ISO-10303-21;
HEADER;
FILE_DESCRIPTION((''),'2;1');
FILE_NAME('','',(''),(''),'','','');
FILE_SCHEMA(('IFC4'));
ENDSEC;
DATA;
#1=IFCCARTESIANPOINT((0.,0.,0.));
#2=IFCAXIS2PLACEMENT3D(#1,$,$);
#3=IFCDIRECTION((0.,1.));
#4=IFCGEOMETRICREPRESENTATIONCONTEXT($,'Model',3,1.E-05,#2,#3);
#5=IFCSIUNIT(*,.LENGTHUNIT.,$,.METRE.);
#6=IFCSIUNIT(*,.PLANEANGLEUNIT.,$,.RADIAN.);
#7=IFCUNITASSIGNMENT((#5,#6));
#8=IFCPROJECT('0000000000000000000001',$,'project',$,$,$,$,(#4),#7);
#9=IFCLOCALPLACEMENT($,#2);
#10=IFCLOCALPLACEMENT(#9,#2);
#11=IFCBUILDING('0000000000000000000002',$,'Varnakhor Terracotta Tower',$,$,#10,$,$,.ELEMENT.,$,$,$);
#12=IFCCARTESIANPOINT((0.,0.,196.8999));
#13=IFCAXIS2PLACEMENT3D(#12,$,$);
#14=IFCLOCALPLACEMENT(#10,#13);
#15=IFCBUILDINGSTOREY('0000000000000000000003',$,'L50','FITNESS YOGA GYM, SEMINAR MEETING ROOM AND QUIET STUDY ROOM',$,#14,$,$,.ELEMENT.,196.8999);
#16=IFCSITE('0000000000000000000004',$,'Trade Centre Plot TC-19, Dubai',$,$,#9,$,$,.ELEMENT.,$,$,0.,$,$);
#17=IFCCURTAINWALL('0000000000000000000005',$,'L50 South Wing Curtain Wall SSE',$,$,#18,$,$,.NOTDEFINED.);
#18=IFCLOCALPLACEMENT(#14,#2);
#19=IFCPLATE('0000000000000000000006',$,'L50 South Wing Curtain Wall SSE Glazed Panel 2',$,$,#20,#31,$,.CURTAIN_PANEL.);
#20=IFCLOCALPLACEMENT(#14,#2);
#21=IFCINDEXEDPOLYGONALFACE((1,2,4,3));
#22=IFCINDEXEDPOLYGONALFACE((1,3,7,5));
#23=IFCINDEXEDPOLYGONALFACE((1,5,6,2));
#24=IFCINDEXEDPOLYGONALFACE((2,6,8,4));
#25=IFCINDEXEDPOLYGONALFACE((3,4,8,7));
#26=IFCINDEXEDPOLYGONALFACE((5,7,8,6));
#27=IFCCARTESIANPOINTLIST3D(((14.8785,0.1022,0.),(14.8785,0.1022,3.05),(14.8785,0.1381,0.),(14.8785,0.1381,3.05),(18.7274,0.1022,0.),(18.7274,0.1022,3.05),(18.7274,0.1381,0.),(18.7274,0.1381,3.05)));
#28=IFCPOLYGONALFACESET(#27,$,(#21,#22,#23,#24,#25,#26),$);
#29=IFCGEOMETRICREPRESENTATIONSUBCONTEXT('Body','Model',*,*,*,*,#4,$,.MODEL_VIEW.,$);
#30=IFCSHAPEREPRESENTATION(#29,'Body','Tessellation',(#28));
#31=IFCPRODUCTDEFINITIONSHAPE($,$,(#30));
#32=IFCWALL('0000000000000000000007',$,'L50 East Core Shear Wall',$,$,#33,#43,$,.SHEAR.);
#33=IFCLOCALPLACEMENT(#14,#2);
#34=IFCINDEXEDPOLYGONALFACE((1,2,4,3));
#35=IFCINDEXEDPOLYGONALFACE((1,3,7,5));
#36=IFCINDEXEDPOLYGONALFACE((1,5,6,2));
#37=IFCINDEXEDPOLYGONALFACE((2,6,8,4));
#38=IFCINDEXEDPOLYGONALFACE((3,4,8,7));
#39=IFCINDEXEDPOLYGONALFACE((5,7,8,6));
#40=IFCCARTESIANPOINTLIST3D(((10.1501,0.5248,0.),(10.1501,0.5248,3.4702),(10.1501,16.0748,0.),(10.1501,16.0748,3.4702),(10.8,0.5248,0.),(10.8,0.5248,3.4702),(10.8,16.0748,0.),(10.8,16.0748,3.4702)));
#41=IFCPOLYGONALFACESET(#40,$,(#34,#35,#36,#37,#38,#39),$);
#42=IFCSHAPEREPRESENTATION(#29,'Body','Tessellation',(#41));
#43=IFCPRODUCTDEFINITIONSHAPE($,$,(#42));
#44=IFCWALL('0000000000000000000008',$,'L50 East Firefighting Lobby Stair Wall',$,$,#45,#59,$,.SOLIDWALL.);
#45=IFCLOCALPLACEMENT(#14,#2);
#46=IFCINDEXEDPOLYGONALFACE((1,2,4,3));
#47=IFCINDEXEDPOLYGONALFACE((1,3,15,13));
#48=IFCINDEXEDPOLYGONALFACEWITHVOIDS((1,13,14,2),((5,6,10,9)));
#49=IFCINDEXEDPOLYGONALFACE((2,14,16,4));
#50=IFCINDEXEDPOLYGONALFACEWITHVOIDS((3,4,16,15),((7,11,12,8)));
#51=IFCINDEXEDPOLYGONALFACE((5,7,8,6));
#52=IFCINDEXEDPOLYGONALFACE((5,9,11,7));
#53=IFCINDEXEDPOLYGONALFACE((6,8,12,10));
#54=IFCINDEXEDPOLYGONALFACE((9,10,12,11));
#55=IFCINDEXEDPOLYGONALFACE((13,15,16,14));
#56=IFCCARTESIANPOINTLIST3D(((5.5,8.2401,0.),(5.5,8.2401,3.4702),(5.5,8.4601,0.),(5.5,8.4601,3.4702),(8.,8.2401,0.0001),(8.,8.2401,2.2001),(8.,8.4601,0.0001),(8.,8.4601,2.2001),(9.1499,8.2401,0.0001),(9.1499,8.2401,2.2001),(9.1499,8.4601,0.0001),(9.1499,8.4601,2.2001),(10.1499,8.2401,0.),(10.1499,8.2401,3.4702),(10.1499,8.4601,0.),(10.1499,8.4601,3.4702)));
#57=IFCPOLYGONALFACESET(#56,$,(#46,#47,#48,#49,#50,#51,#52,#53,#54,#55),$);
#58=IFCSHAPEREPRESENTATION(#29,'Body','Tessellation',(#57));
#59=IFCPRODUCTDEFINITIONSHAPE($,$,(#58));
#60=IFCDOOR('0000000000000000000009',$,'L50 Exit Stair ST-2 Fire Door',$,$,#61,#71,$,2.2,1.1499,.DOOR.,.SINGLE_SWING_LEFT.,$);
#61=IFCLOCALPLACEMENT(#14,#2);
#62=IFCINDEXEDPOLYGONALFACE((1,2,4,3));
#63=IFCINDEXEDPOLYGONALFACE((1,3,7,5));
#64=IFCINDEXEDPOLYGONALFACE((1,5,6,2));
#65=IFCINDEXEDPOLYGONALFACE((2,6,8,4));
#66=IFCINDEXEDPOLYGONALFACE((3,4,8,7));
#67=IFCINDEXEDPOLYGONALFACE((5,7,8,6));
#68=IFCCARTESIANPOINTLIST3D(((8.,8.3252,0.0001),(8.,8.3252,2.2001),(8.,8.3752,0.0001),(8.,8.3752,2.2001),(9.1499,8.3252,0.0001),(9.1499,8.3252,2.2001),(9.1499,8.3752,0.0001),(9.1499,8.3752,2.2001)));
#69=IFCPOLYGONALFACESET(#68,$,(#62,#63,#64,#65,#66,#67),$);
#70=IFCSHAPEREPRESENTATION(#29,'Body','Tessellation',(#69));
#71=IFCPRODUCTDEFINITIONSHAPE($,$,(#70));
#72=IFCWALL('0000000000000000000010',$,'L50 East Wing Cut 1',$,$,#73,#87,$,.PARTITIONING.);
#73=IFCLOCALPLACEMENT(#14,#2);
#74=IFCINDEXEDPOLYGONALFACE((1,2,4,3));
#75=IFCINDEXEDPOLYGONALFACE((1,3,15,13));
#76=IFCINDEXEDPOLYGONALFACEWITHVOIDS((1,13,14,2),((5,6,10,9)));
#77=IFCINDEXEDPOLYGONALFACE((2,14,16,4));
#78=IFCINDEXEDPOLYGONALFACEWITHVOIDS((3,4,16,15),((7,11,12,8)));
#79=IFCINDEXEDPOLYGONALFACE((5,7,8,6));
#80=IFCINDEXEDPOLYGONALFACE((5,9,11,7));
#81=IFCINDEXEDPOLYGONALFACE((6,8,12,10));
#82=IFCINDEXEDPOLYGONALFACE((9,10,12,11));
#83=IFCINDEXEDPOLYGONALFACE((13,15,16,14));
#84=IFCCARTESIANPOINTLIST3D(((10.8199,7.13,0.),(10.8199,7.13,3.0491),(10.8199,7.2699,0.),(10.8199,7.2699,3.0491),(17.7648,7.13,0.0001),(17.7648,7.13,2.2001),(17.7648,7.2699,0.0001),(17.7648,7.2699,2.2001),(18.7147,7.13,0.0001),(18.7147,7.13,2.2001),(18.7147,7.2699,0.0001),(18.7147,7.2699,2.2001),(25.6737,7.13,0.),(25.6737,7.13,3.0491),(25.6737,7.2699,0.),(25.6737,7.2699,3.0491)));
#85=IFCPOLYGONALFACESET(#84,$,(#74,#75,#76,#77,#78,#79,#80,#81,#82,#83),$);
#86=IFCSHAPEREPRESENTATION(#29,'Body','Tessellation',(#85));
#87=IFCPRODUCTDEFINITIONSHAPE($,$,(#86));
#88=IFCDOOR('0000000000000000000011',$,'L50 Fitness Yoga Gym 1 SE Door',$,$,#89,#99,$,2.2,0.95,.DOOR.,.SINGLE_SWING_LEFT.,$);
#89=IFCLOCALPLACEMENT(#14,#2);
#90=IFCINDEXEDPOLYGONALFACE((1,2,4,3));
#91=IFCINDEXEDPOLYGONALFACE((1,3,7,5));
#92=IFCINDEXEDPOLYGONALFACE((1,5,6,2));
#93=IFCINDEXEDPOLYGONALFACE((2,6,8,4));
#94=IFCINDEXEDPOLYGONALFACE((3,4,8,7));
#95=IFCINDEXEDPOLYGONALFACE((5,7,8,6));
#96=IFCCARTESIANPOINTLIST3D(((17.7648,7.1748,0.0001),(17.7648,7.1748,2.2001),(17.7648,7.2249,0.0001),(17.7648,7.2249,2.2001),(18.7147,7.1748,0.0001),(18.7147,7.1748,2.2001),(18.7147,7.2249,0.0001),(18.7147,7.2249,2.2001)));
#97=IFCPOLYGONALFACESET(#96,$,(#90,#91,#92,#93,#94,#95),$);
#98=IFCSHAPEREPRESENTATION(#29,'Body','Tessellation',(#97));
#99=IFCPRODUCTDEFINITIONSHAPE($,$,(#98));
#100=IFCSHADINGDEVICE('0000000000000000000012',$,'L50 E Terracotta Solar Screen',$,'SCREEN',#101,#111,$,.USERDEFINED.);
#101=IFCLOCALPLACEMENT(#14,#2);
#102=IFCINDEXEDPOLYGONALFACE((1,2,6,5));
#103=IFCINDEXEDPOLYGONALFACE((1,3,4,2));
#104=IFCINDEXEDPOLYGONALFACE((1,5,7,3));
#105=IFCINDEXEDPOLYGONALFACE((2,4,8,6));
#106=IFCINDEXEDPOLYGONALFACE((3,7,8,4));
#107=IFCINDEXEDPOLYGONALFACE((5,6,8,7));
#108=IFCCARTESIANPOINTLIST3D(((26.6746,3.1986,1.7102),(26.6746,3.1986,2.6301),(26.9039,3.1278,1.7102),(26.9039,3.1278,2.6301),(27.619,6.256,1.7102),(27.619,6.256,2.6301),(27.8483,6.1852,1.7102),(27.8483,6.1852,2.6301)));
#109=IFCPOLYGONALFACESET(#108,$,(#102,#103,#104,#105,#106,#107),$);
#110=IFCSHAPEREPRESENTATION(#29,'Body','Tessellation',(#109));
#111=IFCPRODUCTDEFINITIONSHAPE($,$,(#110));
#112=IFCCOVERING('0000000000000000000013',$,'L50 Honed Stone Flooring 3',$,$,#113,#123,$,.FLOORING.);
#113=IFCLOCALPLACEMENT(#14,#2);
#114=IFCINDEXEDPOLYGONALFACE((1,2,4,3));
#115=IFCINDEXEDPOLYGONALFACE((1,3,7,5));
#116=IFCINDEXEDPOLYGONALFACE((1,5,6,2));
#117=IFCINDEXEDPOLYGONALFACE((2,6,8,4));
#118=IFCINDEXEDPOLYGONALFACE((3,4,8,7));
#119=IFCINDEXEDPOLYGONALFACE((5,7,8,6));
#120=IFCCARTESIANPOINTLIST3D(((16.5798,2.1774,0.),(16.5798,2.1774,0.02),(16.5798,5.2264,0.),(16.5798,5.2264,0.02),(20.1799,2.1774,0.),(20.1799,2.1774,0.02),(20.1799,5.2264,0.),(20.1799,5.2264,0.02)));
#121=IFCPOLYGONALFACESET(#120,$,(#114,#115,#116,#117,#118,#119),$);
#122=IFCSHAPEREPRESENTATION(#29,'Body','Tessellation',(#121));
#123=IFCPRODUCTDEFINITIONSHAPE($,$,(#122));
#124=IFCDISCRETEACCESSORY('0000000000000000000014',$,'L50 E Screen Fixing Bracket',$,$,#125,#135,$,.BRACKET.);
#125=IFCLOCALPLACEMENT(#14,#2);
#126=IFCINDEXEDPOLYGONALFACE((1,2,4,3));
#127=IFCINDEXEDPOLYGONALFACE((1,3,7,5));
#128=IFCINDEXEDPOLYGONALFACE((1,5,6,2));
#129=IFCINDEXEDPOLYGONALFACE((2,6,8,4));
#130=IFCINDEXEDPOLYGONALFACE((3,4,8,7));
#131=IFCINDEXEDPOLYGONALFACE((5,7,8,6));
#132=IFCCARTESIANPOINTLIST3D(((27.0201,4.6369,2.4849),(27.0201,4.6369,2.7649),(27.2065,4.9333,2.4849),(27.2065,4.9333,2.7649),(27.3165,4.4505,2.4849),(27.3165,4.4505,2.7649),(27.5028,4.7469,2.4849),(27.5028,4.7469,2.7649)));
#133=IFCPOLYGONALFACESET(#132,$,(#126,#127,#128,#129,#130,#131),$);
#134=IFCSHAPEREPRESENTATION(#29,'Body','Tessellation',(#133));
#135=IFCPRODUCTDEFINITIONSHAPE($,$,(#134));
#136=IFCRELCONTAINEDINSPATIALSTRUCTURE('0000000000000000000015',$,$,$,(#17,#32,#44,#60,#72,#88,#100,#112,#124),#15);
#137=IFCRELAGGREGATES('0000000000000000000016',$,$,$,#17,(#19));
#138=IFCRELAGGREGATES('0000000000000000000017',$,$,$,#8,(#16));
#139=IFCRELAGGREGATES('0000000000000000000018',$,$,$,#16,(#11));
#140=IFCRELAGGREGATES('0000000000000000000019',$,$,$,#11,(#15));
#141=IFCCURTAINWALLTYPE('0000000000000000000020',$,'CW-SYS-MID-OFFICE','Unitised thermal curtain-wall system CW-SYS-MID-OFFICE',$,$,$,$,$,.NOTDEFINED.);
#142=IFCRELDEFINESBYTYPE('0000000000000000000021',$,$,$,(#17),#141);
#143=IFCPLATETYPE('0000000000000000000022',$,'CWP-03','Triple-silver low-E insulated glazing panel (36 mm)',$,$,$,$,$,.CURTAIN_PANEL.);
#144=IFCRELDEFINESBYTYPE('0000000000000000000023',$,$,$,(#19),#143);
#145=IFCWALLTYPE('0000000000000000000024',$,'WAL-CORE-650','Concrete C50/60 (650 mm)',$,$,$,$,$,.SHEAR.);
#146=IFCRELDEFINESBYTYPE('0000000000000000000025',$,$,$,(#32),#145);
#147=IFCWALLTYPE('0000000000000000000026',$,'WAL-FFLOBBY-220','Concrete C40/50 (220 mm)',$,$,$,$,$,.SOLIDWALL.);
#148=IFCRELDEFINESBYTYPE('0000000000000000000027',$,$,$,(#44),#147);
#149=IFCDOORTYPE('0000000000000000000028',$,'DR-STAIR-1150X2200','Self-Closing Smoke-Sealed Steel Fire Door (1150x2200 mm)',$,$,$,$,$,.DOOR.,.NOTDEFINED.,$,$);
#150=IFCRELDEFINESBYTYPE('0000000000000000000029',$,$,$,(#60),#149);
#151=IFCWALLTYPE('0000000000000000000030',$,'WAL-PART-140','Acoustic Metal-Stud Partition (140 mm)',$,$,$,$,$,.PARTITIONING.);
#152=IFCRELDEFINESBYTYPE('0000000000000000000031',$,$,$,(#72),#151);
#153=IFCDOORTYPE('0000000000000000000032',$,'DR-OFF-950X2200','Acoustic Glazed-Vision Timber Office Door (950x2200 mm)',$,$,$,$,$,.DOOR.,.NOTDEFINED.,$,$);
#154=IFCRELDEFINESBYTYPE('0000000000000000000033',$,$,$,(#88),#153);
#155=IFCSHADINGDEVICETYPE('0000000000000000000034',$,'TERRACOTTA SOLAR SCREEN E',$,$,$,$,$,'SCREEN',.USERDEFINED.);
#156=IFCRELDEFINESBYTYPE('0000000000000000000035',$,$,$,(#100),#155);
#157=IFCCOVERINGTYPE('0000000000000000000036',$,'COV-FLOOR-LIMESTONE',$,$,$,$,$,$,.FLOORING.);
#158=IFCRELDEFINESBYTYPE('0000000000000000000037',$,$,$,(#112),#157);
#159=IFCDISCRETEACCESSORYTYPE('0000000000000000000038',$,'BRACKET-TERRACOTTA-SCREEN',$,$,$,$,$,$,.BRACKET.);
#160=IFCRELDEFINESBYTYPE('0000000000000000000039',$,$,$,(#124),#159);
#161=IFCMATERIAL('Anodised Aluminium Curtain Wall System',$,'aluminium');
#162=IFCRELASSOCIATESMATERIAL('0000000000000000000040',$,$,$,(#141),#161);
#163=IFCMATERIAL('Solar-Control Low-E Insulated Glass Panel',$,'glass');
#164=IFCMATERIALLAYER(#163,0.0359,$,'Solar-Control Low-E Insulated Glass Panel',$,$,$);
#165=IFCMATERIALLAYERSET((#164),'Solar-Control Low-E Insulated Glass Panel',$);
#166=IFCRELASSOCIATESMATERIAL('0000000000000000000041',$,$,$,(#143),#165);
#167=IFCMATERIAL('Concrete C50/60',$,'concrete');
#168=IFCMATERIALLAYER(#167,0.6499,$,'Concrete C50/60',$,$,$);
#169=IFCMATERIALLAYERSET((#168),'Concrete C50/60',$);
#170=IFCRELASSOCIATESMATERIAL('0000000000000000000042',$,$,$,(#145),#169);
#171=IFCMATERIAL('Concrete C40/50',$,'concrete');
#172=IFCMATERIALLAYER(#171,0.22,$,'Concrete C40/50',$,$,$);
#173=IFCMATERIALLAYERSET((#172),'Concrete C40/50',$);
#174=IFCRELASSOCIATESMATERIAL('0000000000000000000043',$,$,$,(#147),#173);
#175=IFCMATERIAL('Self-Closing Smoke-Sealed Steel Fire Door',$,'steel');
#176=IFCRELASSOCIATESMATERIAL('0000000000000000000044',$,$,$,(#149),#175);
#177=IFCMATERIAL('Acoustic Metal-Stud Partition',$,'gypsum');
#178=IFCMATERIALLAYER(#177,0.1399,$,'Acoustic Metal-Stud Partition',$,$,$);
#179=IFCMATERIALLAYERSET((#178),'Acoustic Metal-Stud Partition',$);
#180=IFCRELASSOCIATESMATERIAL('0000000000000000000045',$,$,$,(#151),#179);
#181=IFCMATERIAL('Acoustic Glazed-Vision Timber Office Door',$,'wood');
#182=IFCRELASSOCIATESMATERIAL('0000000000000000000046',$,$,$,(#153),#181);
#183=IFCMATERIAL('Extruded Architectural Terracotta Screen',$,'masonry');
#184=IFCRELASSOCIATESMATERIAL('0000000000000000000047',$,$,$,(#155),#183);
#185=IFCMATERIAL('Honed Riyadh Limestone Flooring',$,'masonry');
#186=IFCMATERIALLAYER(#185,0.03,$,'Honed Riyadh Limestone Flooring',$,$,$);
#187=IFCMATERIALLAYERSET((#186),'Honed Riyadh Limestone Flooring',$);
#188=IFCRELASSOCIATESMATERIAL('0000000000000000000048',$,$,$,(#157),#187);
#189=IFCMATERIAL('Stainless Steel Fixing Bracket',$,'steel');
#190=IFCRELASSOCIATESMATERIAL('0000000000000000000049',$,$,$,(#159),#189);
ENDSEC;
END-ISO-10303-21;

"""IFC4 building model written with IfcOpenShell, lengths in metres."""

from ifc_helpers import new_model, si_unit, direction, frame, frame_2d, origin, origin_2d, place, context, subcontext, project, spatial, rectangle, extrude, source, transform, mapped, material, layer, layer_set, type_object, type_shapes, element, fill, aggregate, save


model = new_model("IFC4")

# Units and contexts
model_context = context("Model", 3, precision=1e-05, world=origin(), true_north=direction((0.0, 1.0)))
body_context = subcontext(model_context, "Body", "Model", "MODEL_VIEW")
ifc_project = project(units=[si_unit("LENGTHUNIT", "METRE"), si_unit("PLANEANGLEUNIT", "RADIAN")], contexts=[model_context])

# Site, building, storey
site_placement = place(None, origin())
site = spatial("IfcSite", under=ifc_project, at=site_placement, Name="Trade Centre Plot TC-19, Dubai", CompositionType="ELEMENT", RefElevation=0.0)
building_placement = place(site_placement, origin())
building = spatial("IfcBuilding", under=site, at=building_placement, Name="Varnakhor Terracotta Tower", CompositionType="ELEMENT")
storey_placement = place(building_placement, frame((0.0, 0.0, 196.8999)))
storey = spatial("IfcBuildingStorey", under=building, at=storey_placement, Name="L50", Description="FITNESS YOGA GYM, SEMINAR MEETING ROOM AND QUIET STUDY ROOM", CompositionType="ELEMENT", Elevation=196.8999)

# Shared definitions
ifc_material_1 = material(Name="Concrete C50/60", Category="concrete")

# Curtain wall
ifc_material_2 = material(Name="Anodised Aluminium Curtain Wall System", Category="aluminium")
curtain_wall_type = type_object("IfcCurtainWallType", Name="CW-SYS-MID-OFFICE", Description="Unitised thermal curtain-wall system CW-SYS-MID-OFFICE", PredefinedType="NOTDEFINED", material=ifc_material_2)
curtain_wall_1_placement = place(storey_placement, origin())
curtain_wall_1 = element("IfcCurtainWall", 1, at=curtain_wall_1_placement, inside=storey, type_object=curtain_wall_type, Name="L50 South Wing Curtain Wall SSE", PredefinedType="NOTDEFINED")

# Shared definitions
ifc_material_3 = material(Name="Solar-Control Low-E Insulated Glass Panel", Category="glass")
ifc_layer_1 = layer(ifc_material_3, 0.0359, Name="Solar-Control Low-E Insulated Glass Panel")
ifc_layer_set_1 = layer_set([ifc_layer_1], Name="Solar-Control Low-E Insulated Glass Panel")
plate_type_1 = type_object("IfcPlateType", Name="CWP-03", Description="Triple-silver low-E insulated glazing panel (36 mm)", PredefinedType="CURTAIN_PANEL", material=ifc_layer_set_1)

# Plate
shared_shape_1 = source(origin(), body_context, "Body", "SweptSolid", [
    extrude(rectangle(XDim=3.8489, YDim=0.0359, at=origin_2d()), origin(), (0.0, 0.0, 1.0), 3.05),
])
plate_1_placement = place(storey_placement, frame((16.803, 0.1201, 0.0), z_axis=(0.0, 0.0, 1.0), x_axis=(-1.0, 0.0, 0.0)))
plate_1 = element("IfcPlate", 2, at=plate_1_placement, type_object=plate_type_1, Name="L50 South Wing Curtain Wall SSE Glazed Panel 2", PredefinedType="CURTAIN_PANEL", context=body_context, shape_type="MappedRepresentation", body=[
    mapped(shared_shape_1, transform((0.0, 0.0, 0.0), scale=1.0)),
])
aggregate(curtain_wall_1, [plate_1])

# Wall
ifc_layer_2 = layer(ifc_material_1, 0.6499, Name="Concrete C50/60")
ifc_layer_set_2 = layer_set([ifc_layer_2], Name="Concrete C50/60")
wall_type_1 = type_object("IfcWallType", Name="WAL-CORE-650", Description="Concrete C50/60 (650 mm)", PredefinedType="SHEAR", material=ifc_layer_set_2)
wall_1_placement = place(storey_placement, frame((10.4751, 0.5249, 0.0), z_axis=(0.0, 0.0, 1.0), x_axis=(0.0, 1.0, 0.0)))
element("IfcWall", 3, at=wall_1_placement, inside=storey, type_object=wall_type_1, Name="L50 East Core Shear Wall", PredefinedType="SHEAR", context=body_context, shape_type="SweptSolid", body=[
    extrude(rectangle(XDim=15.55, YDim=0.6499, at=frame_2d((7.7749, 0.0))), origin(), (0.0, 0.0, 1.0), 3.4702),
])

# Walls, openings, doors
ifc_material_4 = material(Name="Concrete C40/50", Category="concrete")
ifc_layer_3 = layer(ifc_material_4, 0.22, Name="Concrete C40/50")
ifc_layer_set_3 = layer_set([ifc_layer_3], Name="Concrete C40/50")
wall_type_2 = type_object("IfcWallType", Name="WAL-FFLOBBY-220", Description="Concrete C40/50 (220 mm)", PredefinedType="SOLIDWALL", material=ifc_layer_set_3)
wall_2_placement = place(storey_placement, frame((10.1499, 8.3501, 0.0), z_axis=(0.0, 0.0, 1.0), x_axis=(-1.0, 0.0, 0.0)))
wall_2 = element("IfcWall", 4, at=wall_2_placement, inside=storey, type_object=wall_type_2, Name="L50 East Firefighting Lobby Stair Wall", PredefinedType="SOLIDWALL", context=body_context, shape_type="SweptSolid", body=[
    extrude(rectangle(XDim=4.6499, YDim=0.22, at=frame_2d((2.325, 0.0))), origin(), (0.0, 0.0, 1.0), 3.4702),
])
opening_1_placement = place(wall_2_placement, frame((1.0, 0.0, 0.0)))
opening_1 = element("IfcOpeningElement", 5, at=opening_1_placement, cuts=wall_2, PredefinedType="OPENING", context=body_context, shape_type="SweptSolid", body=[
    extrude(rectangle(XDim=1.1499, YDim=2.2, at=frame_2d((0.575, 1.1001))), frame((0.0, 0.1201, 0.0), z_axis=(0.0, -1.0, 0.0), x_axis=(1.0, 0.0, 0.0)), (0.0, 0.0, 1.0), 0.24),
])
ifc_material_5 = material(Name="Self-Closing Smoke-Sealed Steel Fire Door", Category="steel")
door_type_1 = type_object("IfcDoorType", Name="DR-STAIR-1150X2200", Description="Self-Closing Smoke-Sealed Steel Fire Door (1150x2200 mm)", OperationType="NOTDEFINED", PredefinedType="DOOR", material=ifc_material_5)
shared_shape_2 = source(origin(), body_context, "Body", "SweptSolid", [
    extrude(rectangle(XDim=1.1499, YDim=2.2, at=frame_2d((0.575, 1.1001))), frame((0.0, 0.0249, 0.0), z_axis=(0.0, -1.0, 0.0), x_axis=(1.0, 0.0, 0.0)), (0.0, 0.0, 1.0), 0.05),
])
type_shapes(door_type_1, [shared_shape_2])
door_1_placement = place(opening_1_placement, origin())
door_1 = element("IfcDoor", 6, at=door_1_placement, inside=storey, type_object=door_type_1, Name="L50 Exit Stair ST-2 Fire Door", OperationType="SINGLE_SWING_LEFT", OverallHeight=2.2, OverallWidth=1.1499, PredefinedType="DOOR", context=body_context, shape_type="MappedRepresentation", body=[
    mapped(shared_shape_2, transform((0.0, 0.0, 0.0), scale=1.0)),
])
fill(opening_1, door_1)
ifc_material_6 = material(Name="Acoustic Metal-Stud Partition", Category="gypsum")
ifc_layer_4 = layer(ifc_material_6, 0.1399, Name="Acoustic Metal-Stud Partition")
ifc_layer_set_4 = layer_set([ifc_layer_4], Name="Acoustic Metal-Stud Partition")
wall_type_3 = type_object("IfcWallType", Name="WAL-PART-140", Description="Acoustic Metal-Stud Partition (140 mm)", PredefinedType="PARTITIONING", material=ifc_layer_set_4)
wall_3_placement = place(storey_placement, frame((10.8201, 7.2, 0.0), z_axis=(0.0, 0.0, 1.0), x_axis=(1.0, 0.0, 0.0)))
wall_3 = element("IfcWall", 7, at=wall_3_placement, inside=storey, type_object=wall_type_3, Name="L50 East Wing Cut 1", PredefinedType="PARTITIONING", context=body_context, shape_type="SweptSolid", body=[
    extrude(rectangle(XDim=14.8538, YDim=0.1399, at=frame_2d((7.4268, 0.0))), origin(), (0.0, 0.0, 1.0), 3.0491),
])
opening_2_placement = place(wall_3_placement, frame((6.9446, 0.0, 0.0)))
opening_2 = element("IfcOpeningElement", 8, at=opening_2_placement, cuts=wall_3, PredefinedType="OPENING", context=body_context, shape_type="SweptSolid", body=[
    extrude(rectangle(XDim=0.95, YDim=2.2, at=frame_2d((0.4751, 1.1001))), frame((0.0, 0.0801, 0.0), z_axis=(0.0, -1.0, 0.0), x_axis=(1.0, 0.0, 0.0)), (0.0, 0.0, 1.0), 0.1599),
])
ifc_material_7 = material(Name="Acoustic Glazed-Vision Timber Office Door", Category="wood")
door_type_2 = type_object("IfcDoorType", Name="DR-OFF-950X2200", Description="Acoustic Glazed-Vision Timber Office Door (950x2200 mm)", OperationType="NOTDEFINED", PredefinedType="DOOR", material=ifc_material_7)
shared_shape_3 = source(origin(), body_context, "Body", "SweptSolid", [
    extrude(rectangle(XDim=0.95, YDim=2.2, at=frame_2d((0.4751, 1.1001))), frame((0.0, 0.0249, 0.0), z_axis=(0.0, -1.0, 0.0), x_axis=(1.0, 0.0, 0.0)), (0.0, 0.0, 1.0), 0.05),
])
type_shapes(door_type_2, [shared_shape_3])
door_2_placement = place(opening_2_placement, origin())
door_2 = element("IfcDoor", 9, at=door_2_placement, inside=storey, type_object=door_type_2, Name="L50 Fitness Yoga Gym 1 SE Door", OperationType="SINGLE_SWING_LEFT", OverallHeight=2.2, OverallWidth=0.95, PredefinedType="DOOR", context=body_context, shape_type="MappedRepresentation", body=[
    mapped(shared_shape_3, transform((0.0, 0.0, 0.0), scale=1.0)),
])
fill(opening_2, door_2)

# Shading device
ifc_material_8 = material(Name="Extruded Architectural Terracotta Screen", Category="masonry")
shading_device_type = type_object("IfcShadingDeviceType", Name="TERRACOTTA SOLAR SCREEN E", ElementType="SCREEN", PredefinedType="USERDEFINED", material=ifc_material_8)
shared_shape_4 = source(origin(), body_context, "Body", "SweptSolid", [
    extrude(rectangle(XDim=3.2, YDim=0.24, at=origin_2d()), origin(), (0.0, 0.0, 1.0), 0.9199),
])
type_shapes(shading_device_type, [shared_shape_4])
shading_device_placement = place(storey_placement, frame((27.2615, 4.6919, 1.7102), z_axis=(0.0, 0.0, 1.0), x_axis=(0.295141, 0.955454, 0.0)))
element("IfcShadingDevice", 10, at=shading_device_placement, inside=storey, type_object=shading_device_type, Name="L50 E Terracotta Solar Screen", ObjectType="SCREEN", PredefinedType="USERDEFINED", context=body_context, shape_type="MappedRepresentation", body=[
    mapped(shared_shape_4, transform((0.0, 0.0, 0.0), scale=1.0)),
])

# Covering
ifc_material_9 = material(Name="Honed Riyadh Limestone Flooring", Category="masonry")
ifc_layer_5 = layer(ifc_material_9, 0.03, Name="Honed Riyadh Limestone Flooring")
ifc_layer_set_5 = layer_set([ifc_layer_5], Name="Honed Riyadh Limestone Flooring")
covering_type = type_object("IfcCoveringType", Name="COV-FLOOR-LIMESTONE", PredefinedType="FLOORING", material=ifc_layer_set_5)
shared_shape_5 = source(origin(), body_context, "Body", "SweptSolid", [
    extrude(rectangle(XDim=3.6001, YDim=3.0491, at=origin_2d()), origin(), (0.0, 0.0, 1.0), 0.02),
])
covering_placement = place(storey_placement, frame((18.3799, 3.7019, 0.0), z_axis=(0.0, 0.0, 1.0), x_axis=(1.0, 0.0, 0.0)))
element("IfcCovering", 11, at=covering_placement, inside=storey, type_object=covering_type, Name="L50 Honed Stone Flooring 3", PredefinedType="FLOORING", context=body_context, shape_type="MappedRepresentation", body=[
    mapped(shared_shape_5, transform((0.0, 0.0, 0.0), scale=1.0)),
])

# Discrete accessory
ifc_material_10 = material(Name="Stainless Steel Fixing Bracket", Category="steel")
discrete_accessory_type = type_object("IfcDiscreteAccessoryType", Name="BRACKET-TERRACOTTA-SCREEN", PredefinedType="BRACKET", material=ifc_material_10)
shared_shape_6 = source(origin(), body_context, "Body", "SweptSolid", [
    extrude(rectangle(XDim=0.3501, YDim=0.3501, at=origin_2d()), origin(), (0.0, 0.0, 1.0), 0.28),
])
type_shapes(discrete_accessory_type, [shared_shape_6])
discrete_accessory_placement = place(storey_placement, frame((27.2615, 4.6919, 2.4849), z_axis=(0.0, 0.0, 1.0), x_axis=(0.532374, 0.846509, 0.0)))
element("IfcDiscreteAccessory", 12, at=discrete_accessory_placement, inside=storey, type_object=discrete_accessory_type, Name="L50 E Screen Fixing Bracket", PredefinedType="BRACKET", context=body_context, shape_type="MappedRepresentation", body=[
    mapped(shared_shape_6, transform((0.0, 0.0, 0.0), scale=1.0)),
])

save(model, "model.ifc")
